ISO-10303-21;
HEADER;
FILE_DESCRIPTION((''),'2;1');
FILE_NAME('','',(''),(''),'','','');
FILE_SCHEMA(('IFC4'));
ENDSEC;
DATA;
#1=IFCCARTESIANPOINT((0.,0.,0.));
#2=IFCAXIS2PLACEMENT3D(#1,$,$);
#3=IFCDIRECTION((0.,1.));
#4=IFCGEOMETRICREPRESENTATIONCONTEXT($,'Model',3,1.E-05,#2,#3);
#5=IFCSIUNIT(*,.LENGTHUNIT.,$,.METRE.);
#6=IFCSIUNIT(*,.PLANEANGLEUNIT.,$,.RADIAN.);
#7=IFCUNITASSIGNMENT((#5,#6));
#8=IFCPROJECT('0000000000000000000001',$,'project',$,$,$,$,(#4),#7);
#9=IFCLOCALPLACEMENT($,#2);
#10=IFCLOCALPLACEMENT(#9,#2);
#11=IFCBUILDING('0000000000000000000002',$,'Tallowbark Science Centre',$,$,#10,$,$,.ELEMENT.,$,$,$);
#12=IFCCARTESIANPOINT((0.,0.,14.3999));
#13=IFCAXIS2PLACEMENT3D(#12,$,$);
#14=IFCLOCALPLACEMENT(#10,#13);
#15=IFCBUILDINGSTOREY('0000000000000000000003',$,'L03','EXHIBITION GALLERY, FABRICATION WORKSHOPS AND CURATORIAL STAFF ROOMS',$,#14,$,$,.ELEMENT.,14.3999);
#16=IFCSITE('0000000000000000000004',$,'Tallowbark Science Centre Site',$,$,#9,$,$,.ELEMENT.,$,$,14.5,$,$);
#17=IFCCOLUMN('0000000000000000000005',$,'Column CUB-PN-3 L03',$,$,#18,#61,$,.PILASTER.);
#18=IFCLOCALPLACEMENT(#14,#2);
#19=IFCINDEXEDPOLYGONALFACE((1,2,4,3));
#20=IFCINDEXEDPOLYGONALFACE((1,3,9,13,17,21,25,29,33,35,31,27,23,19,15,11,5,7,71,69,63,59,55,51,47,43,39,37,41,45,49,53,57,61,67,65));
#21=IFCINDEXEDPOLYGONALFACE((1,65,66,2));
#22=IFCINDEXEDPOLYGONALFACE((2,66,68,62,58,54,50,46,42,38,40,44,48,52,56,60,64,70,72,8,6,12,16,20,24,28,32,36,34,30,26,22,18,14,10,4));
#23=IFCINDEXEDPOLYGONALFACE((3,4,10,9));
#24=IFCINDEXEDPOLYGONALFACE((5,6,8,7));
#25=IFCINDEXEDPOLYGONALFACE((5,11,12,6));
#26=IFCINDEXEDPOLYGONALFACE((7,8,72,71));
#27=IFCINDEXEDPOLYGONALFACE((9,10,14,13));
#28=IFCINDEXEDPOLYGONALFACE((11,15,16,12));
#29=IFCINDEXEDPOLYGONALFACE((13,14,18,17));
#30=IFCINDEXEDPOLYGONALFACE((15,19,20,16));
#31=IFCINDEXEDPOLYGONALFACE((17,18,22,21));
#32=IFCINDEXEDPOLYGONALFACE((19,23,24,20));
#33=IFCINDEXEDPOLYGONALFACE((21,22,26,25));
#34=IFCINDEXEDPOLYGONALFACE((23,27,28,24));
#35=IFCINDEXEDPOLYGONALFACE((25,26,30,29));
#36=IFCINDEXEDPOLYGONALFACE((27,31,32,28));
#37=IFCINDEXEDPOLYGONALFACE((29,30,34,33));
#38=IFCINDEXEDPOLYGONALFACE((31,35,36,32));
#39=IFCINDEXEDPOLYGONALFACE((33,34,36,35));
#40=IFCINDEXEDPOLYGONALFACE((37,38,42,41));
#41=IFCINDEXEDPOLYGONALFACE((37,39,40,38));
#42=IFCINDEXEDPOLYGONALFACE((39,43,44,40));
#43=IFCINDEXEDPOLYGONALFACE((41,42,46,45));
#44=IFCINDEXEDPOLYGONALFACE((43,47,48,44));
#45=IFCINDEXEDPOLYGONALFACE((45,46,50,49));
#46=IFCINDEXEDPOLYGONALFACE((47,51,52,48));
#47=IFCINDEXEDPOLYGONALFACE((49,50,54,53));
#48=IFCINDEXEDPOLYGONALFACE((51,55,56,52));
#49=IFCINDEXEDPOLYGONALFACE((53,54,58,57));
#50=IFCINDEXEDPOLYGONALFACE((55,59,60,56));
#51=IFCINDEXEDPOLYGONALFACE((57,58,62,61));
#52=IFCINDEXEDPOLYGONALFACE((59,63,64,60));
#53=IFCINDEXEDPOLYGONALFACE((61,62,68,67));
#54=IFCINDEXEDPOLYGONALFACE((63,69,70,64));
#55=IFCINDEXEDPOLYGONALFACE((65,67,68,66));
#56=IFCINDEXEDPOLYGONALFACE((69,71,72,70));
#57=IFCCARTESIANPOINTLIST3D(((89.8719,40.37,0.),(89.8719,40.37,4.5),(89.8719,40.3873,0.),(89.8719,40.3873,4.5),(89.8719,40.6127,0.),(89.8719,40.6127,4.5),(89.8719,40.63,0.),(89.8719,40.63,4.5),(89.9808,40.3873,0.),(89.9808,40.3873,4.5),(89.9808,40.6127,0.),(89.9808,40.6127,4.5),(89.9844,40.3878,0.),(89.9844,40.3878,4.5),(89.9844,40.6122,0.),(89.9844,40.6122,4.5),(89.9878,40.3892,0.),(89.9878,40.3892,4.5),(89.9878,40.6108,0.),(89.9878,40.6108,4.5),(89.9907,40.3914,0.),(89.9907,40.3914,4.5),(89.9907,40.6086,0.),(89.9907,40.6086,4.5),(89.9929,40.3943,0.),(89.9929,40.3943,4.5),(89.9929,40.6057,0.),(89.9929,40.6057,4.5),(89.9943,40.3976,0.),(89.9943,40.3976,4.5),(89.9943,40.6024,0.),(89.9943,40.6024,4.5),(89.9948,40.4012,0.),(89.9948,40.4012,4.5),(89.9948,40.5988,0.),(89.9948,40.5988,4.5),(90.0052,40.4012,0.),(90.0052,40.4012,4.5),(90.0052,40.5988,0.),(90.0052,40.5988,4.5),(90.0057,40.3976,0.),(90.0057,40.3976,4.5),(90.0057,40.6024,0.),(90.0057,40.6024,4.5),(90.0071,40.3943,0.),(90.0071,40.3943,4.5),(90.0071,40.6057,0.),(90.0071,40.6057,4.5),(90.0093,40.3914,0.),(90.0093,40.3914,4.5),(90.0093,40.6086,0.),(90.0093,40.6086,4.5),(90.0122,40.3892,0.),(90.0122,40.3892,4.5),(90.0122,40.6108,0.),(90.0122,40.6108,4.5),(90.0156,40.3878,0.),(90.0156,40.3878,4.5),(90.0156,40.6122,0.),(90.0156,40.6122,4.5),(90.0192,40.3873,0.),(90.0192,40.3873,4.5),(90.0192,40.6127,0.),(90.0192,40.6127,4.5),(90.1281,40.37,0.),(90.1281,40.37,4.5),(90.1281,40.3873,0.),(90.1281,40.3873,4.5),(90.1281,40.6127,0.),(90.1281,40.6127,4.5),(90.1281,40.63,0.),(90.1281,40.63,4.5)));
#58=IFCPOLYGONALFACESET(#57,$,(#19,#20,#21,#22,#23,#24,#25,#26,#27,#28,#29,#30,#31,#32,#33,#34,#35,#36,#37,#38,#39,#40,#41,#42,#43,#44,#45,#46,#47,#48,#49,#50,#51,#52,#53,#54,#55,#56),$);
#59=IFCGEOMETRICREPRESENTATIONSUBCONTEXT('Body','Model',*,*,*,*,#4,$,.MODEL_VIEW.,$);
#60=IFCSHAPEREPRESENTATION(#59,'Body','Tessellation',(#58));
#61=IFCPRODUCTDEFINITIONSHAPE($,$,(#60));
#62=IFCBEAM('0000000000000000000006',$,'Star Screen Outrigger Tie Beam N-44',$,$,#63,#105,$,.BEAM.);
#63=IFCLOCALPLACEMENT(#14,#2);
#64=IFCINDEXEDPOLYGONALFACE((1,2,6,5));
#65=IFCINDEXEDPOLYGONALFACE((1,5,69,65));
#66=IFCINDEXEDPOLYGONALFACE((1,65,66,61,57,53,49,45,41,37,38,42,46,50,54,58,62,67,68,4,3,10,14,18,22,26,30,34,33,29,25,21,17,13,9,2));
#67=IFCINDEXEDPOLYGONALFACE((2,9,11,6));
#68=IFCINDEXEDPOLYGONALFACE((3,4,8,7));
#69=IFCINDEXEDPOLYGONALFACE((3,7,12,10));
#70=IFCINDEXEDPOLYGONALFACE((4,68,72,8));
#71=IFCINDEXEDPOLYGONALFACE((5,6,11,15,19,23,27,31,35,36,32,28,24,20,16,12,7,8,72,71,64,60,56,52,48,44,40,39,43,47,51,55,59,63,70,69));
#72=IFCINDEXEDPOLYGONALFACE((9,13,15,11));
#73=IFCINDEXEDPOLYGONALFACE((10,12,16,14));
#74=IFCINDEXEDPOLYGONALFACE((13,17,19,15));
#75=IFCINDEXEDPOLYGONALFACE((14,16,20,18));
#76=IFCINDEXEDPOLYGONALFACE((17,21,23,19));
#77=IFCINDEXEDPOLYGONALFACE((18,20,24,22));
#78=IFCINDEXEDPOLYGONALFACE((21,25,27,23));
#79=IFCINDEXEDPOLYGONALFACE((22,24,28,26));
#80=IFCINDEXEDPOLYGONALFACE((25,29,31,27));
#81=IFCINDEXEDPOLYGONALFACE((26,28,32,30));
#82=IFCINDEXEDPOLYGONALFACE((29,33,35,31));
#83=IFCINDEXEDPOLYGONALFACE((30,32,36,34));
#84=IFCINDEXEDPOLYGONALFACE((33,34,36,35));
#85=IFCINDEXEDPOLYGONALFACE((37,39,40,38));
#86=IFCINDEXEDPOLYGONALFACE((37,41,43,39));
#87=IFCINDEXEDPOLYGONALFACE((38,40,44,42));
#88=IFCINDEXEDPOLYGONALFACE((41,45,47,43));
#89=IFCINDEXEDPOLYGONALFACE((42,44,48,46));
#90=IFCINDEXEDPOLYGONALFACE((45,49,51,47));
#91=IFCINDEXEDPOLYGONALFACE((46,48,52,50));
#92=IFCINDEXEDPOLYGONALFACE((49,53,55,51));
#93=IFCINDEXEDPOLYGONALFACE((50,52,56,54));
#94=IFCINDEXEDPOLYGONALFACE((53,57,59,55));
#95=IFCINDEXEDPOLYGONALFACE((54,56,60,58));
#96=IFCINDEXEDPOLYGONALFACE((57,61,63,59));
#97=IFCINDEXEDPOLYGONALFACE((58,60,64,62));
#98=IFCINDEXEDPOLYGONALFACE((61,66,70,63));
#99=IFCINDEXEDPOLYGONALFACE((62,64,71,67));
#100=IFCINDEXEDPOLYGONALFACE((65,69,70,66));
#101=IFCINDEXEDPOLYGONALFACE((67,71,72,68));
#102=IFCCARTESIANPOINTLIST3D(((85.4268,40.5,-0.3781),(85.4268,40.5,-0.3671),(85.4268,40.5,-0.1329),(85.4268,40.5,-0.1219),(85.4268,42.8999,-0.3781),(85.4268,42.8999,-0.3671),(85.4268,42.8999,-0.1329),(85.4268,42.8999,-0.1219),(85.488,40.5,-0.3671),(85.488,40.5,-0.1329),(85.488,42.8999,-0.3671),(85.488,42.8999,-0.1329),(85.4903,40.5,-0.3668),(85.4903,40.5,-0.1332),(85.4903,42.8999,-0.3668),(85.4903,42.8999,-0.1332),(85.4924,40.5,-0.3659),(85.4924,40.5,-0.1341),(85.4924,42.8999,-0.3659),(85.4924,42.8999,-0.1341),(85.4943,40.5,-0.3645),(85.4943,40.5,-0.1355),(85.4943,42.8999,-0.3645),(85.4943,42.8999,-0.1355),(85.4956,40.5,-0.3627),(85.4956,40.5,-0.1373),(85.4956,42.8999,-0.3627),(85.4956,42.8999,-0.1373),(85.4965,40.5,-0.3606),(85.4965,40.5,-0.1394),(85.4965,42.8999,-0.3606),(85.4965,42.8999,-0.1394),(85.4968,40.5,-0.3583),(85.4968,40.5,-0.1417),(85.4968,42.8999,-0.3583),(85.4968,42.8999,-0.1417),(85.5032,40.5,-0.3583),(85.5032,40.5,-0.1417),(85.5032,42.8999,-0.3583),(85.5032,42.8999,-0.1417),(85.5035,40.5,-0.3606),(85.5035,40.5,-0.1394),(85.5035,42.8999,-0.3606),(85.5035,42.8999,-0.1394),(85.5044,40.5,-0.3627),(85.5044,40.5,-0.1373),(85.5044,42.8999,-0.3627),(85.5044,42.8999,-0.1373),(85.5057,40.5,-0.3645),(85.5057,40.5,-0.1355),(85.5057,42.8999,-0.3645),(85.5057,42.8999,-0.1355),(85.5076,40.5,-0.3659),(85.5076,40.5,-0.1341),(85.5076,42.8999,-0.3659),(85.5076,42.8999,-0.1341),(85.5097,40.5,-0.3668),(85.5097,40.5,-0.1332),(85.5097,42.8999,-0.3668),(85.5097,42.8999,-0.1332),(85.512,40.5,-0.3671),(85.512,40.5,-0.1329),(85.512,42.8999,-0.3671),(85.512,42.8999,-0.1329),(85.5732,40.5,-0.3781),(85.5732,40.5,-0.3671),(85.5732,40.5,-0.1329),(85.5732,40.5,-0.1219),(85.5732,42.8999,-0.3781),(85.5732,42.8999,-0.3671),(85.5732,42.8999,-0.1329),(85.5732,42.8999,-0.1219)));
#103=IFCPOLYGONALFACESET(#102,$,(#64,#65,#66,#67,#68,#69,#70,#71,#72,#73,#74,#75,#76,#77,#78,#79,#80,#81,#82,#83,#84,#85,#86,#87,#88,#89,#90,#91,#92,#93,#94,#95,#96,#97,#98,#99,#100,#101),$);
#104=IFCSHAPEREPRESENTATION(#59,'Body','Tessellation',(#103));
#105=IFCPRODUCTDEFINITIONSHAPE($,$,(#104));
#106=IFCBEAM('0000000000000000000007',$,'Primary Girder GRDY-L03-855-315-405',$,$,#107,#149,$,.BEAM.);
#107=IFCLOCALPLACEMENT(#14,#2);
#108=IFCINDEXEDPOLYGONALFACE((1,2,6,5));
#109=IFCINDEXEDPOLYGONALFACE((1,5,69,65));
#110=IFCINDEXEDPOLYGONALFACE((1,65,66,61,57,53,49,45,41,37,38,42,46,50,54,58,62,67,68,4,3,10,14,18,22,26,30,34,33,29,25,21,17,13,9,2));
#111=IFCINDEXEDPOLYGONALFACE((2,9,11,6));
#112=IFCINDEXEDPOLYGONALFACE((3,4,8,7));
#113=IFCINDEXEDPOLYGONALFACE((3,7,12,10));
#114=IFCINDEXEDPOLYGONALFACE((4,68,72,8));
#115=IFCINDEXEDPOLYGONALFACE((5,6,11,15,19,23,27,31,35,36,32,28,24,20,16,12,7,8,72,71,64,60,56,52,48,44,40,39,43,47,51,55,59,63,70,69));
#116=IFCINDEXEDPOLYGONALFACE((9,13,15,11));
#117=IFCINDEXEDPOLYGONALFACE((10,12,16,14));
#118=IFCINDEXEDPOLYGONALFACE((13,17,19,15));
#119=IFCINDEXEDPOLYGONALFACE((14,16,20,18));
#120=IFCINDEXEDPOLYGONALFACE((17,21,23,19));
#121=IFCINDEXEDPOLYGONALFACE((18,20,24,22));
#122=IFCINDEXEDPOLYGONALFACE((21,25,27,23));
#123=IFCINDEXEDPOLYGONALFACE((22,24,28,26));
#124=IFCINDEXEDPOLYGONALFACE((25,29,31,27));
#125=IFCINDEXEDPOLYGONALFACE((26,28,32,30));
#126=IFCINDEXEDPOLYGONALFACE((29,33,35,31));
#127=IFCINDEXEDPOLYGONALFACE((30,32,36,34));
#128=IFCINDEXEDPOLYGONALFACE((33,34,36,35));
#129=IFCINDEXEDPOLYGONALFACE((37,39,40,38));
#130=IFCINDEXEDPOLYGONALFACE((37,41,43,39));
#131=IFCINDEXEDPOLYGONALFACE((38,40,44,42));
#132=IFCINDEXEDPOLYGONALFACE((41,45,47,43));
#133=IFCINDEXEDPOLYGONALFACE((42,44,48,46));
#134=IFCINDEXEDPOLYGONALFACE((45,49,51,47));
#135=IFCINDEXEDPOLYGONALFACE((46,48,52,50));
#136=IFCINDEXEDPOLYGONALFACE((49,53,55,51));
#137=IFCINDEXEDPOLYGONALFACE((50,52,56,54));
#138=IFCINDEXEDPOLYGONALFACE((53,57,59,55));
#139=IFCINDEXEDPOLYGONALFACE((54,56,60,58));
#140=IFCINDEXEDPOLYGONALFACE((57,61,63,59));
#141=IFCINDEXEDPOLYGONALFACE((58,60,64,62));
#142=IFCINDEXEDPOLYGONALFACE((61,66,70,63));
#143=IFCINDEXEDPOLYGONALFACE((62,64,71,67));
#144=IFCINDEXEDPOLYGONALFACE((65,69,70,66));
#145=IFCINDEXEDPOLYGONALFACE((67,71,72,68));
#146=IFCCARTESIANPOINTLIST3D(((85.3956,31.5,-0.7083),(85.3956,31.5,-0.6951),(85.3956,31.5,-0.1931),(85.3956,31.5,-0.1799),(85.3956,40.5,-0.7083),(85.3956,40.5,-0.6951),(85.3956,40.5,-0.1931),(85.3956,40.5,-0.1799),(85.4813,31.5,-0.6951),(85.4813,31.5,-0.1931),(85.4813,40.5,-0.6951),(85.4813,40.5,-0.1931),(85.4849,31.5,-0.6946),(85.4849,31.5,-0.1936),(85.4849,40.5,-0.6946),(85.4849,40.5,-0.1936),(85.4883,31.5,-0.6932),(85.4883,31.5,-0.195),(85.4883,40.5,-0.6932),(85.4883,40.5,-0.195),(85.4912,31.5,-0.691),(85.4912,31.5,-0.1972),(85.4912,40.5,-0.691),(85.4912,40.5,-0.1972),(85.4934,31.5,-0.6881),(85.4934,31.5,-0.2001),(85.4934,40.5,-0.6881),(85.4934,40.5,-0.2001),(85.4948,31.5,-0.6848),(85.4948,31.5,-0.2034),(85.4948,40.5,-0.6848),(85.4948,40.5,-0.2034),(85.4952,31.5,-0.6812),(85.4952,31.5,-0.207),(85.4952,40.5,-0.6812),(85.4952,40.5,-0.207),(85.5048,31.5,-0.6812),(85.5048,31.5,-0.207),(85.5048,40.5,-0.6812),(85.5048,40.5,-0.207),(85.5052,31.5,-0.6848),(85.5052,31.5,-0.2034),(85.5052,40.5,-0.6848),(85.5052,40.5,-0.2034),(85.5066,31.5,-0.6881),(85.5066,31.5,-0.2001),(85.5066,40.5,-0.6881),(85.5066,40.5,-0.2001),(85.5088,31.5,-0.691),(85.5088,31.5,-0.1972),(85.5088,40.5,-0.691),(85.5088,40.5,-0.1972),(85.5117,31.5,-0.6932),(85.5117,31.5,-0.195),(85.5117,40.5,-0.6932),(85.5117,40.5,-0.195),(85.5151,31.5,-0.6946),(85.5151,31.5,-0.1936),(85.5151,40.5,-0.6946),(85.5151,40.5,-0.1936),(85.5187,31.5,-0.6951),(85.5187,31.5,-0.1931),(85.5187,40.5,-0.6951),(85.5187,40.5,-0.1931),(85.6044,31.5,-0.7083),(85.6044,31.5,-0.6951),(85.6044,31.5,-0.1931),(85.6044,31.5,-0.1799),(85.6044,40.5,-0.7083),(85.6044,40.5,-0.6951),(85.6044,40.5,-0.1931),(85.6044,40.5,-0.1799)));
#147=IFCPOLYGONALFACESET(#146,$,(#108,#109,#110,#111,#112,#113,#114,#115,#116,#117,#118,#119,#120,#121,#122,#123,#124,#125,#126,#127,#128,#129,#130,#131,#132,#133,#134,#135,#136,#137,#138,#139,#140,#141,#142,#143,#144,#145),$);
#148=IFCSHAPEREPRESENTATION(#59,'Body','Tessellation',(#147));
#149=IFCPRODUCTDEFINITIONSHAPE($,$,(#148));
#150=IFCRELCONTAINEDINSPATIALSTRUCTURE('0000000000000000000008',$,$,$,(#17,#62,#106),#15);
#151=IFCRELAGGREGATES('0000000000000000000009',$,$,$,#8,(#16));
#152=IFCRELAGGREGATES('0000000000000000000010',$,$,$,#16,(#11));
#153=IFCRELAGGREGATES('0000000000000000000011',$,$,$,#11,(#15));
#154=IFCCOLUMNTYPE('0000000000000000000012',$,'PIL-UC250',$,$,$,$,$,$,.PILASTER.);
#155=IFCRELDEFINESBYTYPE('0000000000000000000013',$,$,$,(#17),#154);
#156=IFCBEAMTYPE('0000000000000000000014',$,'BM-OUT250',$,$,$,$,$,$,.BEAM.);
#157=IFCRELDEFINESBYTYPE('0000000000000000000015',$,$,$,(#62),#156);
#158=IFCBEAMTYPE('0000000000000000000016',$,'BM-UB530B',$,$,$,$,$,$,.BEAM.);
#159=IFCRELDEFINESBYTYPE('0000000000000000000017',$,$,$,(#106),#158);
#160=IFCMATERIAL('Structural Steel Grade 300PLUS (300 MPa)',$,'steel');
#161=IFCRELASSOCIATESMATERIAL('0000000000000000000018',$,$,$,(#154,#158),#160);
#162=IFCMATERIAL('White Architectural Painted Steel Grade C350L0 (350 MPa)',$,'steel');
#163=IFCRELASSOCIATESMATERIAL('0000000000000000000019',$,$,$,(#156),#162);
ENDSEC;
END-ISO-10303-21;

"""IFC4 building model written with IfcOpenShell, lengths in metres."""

from ifc_helpers import new_model, si_unit, direction, frame, origin, origin_2d, place, context, subcontext, project, spatial, i_section, extrude, material, material_profile, profile_set, type_object, element, save


model = new_model("IFC4")

# Units and contexts
model_context = context("Model", 3, precision=1e-05, world=origin(), true_north=direction((0.0, 1.0)))
body_context = subcontext(model_context, "Body", "Model", "MODEL_VIEW")
ifc_project = project(units=[si_unit("LENGTHUNIT", "METRE"), si_unit("PLANEANGLEUNIT", "RADIAN")], contexts=[model_context])

# Site, building, storey
site_placement = place(None, origin())
site = spatial("IfcSite", under=ifc_project, at=site_placement, Name="Tallowbark Science Centre Site", CompositionType="ELEMENT", RefElevation=14.5)
building_placement = place(site_placement, origin())
building = spatial("IfcBuilding", under=site, at=building_placement, Name="Tallowbark Science Centre", CompositionType="ELEMENT")
storey_placement = place(building_placement, frame((0.0, 0.0, 14.3999)))
storey = spatial("IfcBuildingStorey", under=building, at=storey_placement, Name="L03", Description="EXHIBITION GALLERY, FABRICATION WORKSHOPS AND CURATORIAL STAFF ROOMS", CompositionType="ELEMENT", Elevation=14.3999)

# Column
ifc_material_1 = material(Name="White Architectural Painted Steel Grade C350L0 (350 MPa)", Category="steel")
ifc_material_2 = material(Name="Structural Steel Grade 300PLUS (300 MPa)", Category="steel")
ifc_material_profile_1 = material_profile(ifc_material_2, i_section(OverallWidth=0.2561, OverallDepth=0.26, WebThickness=0.0105, FlangeThickness=0.0173, FilletRadius=0.0139, at=origin_2d()), Name="250UC89.5")
ifc_profile_set_1 = profile_set([ifc_material_profile_1], Name="Structural Steel Grade 300PLUS (300 MPa)")
column_type_1 = type_object("IfcColumnType", Name="PIL-UC250", PredefinedType="PILASTER", material=ifc_profile_set_1)
for number, where, z_axis, x_axis, name in (
    (1, (90.0, 40.5, 0.0), (0.0, 0.0, 1.0), (1.0, 0.0, 0.0), "Column CUB-PN-3 L03"),
):
    element("IfcColumn", number, at=place(storey_placement, frame(where, z_axis=z_axis, x_axis=x_axis)), inside=storey, type_object=column_type_1, Name=name, PredefinedType="PILASTER", context=body_context, shape_type="SweptSolid", body=[
        extrude(i_section(OverallWidth=0.2561, OverallDepth=0.26, WebThickness=0.0105, FlangeThickness=0.0173, FilletRadius=0.0139, at=origin_2d()), origin(), (0.0, 0.0, 1.0), 4.5),
    ])

# Beams
ifc_material_profile_2 = material_profile(ifc_material_1, i_section(OverallWidth=0.1465, OverallDepth=0.2561, WebThickness=0.0063, FlangeThickness=0.011, FilletRadius=0.0088, at=origin_2d()), Name="250UB37.3")
ifc_profile_set_2 = profile_set([ifc_material_profile_2], Name="White Architectural Painted Steel Grade C350L0 (350 MPa)")
beam_type_1 = type_object("IfcBeamType", Name="BM-OUT250", PredefinedType="BEAM", material=ifc_profile_set_2)
beam_1_placement = place(storey_placement, frame((85.5, 40.5, -0.25), z_axis=(0.0, 1.0, 0.0), x_axis=(-1.0, 0.0, 0.0)))
element("IfcBeam", 2, at=beam_1_placement, inside=storey, type_object=beam_type_1, Name="Star Screen Outrigger Tie Beam N-44", PredefinedType="BEAM", context=body_context, shape_type="SweptSolid", body=[
    extrude(i_section(OverallWidth=0.1465, OverallDepth=0.2561, WebThickness=0.0063, FlangeThickness=0.011, FilletRadius=0.0088, at=origin_2d()), origin(), (0.0, 0.0, 1.0), 2.3999),
])
ifc_material_profile_3 = material_profile(ifc_material_2, i_section(OverallWidth=0.2087, OverallDepth=0.5283, WebThickness=0.0095, FlangeThickness=0.0132, FilletRadius=0.0139, at=origin_2d()), Name="530UB82.0")
ifc_profile_set_3 = profile_set([ifc_material_profile_3], Name="Structural Steel Grade 300PLUS (300 MPa)")
beam_type_2 = type_object("IfcBeamType", Name="BM-UB530B", PredefinedType="BEAM", material=ifc_profile_set_3)
beam_2_placement = place(storey_placement, frame((85.5, 31.5, -0.4441), z_axis=(0.0, 1.0, 0.0), x_axis=(-1.0, 0.0, 0.0)))
element("IfcBeam", 3, at=beam_2_placement, inside=storey, type_object=beam_type_2, Name="Primary Girder GRDY-L03-855-315-405", PredefinedType="BEAM", context=body_context, shape_type="SweptSolid", body=[
    extrude(i_section(OverallWidth=0.2087, OverallDepth=0.5283, WebThickness=0.0095, FlangeThickness=0.0132, FilletRadius=0.0139, at=origin_2d()), origin(), (0.0, 0.0, 1.0), 9.0),
])

save(model, "model.ifc")
